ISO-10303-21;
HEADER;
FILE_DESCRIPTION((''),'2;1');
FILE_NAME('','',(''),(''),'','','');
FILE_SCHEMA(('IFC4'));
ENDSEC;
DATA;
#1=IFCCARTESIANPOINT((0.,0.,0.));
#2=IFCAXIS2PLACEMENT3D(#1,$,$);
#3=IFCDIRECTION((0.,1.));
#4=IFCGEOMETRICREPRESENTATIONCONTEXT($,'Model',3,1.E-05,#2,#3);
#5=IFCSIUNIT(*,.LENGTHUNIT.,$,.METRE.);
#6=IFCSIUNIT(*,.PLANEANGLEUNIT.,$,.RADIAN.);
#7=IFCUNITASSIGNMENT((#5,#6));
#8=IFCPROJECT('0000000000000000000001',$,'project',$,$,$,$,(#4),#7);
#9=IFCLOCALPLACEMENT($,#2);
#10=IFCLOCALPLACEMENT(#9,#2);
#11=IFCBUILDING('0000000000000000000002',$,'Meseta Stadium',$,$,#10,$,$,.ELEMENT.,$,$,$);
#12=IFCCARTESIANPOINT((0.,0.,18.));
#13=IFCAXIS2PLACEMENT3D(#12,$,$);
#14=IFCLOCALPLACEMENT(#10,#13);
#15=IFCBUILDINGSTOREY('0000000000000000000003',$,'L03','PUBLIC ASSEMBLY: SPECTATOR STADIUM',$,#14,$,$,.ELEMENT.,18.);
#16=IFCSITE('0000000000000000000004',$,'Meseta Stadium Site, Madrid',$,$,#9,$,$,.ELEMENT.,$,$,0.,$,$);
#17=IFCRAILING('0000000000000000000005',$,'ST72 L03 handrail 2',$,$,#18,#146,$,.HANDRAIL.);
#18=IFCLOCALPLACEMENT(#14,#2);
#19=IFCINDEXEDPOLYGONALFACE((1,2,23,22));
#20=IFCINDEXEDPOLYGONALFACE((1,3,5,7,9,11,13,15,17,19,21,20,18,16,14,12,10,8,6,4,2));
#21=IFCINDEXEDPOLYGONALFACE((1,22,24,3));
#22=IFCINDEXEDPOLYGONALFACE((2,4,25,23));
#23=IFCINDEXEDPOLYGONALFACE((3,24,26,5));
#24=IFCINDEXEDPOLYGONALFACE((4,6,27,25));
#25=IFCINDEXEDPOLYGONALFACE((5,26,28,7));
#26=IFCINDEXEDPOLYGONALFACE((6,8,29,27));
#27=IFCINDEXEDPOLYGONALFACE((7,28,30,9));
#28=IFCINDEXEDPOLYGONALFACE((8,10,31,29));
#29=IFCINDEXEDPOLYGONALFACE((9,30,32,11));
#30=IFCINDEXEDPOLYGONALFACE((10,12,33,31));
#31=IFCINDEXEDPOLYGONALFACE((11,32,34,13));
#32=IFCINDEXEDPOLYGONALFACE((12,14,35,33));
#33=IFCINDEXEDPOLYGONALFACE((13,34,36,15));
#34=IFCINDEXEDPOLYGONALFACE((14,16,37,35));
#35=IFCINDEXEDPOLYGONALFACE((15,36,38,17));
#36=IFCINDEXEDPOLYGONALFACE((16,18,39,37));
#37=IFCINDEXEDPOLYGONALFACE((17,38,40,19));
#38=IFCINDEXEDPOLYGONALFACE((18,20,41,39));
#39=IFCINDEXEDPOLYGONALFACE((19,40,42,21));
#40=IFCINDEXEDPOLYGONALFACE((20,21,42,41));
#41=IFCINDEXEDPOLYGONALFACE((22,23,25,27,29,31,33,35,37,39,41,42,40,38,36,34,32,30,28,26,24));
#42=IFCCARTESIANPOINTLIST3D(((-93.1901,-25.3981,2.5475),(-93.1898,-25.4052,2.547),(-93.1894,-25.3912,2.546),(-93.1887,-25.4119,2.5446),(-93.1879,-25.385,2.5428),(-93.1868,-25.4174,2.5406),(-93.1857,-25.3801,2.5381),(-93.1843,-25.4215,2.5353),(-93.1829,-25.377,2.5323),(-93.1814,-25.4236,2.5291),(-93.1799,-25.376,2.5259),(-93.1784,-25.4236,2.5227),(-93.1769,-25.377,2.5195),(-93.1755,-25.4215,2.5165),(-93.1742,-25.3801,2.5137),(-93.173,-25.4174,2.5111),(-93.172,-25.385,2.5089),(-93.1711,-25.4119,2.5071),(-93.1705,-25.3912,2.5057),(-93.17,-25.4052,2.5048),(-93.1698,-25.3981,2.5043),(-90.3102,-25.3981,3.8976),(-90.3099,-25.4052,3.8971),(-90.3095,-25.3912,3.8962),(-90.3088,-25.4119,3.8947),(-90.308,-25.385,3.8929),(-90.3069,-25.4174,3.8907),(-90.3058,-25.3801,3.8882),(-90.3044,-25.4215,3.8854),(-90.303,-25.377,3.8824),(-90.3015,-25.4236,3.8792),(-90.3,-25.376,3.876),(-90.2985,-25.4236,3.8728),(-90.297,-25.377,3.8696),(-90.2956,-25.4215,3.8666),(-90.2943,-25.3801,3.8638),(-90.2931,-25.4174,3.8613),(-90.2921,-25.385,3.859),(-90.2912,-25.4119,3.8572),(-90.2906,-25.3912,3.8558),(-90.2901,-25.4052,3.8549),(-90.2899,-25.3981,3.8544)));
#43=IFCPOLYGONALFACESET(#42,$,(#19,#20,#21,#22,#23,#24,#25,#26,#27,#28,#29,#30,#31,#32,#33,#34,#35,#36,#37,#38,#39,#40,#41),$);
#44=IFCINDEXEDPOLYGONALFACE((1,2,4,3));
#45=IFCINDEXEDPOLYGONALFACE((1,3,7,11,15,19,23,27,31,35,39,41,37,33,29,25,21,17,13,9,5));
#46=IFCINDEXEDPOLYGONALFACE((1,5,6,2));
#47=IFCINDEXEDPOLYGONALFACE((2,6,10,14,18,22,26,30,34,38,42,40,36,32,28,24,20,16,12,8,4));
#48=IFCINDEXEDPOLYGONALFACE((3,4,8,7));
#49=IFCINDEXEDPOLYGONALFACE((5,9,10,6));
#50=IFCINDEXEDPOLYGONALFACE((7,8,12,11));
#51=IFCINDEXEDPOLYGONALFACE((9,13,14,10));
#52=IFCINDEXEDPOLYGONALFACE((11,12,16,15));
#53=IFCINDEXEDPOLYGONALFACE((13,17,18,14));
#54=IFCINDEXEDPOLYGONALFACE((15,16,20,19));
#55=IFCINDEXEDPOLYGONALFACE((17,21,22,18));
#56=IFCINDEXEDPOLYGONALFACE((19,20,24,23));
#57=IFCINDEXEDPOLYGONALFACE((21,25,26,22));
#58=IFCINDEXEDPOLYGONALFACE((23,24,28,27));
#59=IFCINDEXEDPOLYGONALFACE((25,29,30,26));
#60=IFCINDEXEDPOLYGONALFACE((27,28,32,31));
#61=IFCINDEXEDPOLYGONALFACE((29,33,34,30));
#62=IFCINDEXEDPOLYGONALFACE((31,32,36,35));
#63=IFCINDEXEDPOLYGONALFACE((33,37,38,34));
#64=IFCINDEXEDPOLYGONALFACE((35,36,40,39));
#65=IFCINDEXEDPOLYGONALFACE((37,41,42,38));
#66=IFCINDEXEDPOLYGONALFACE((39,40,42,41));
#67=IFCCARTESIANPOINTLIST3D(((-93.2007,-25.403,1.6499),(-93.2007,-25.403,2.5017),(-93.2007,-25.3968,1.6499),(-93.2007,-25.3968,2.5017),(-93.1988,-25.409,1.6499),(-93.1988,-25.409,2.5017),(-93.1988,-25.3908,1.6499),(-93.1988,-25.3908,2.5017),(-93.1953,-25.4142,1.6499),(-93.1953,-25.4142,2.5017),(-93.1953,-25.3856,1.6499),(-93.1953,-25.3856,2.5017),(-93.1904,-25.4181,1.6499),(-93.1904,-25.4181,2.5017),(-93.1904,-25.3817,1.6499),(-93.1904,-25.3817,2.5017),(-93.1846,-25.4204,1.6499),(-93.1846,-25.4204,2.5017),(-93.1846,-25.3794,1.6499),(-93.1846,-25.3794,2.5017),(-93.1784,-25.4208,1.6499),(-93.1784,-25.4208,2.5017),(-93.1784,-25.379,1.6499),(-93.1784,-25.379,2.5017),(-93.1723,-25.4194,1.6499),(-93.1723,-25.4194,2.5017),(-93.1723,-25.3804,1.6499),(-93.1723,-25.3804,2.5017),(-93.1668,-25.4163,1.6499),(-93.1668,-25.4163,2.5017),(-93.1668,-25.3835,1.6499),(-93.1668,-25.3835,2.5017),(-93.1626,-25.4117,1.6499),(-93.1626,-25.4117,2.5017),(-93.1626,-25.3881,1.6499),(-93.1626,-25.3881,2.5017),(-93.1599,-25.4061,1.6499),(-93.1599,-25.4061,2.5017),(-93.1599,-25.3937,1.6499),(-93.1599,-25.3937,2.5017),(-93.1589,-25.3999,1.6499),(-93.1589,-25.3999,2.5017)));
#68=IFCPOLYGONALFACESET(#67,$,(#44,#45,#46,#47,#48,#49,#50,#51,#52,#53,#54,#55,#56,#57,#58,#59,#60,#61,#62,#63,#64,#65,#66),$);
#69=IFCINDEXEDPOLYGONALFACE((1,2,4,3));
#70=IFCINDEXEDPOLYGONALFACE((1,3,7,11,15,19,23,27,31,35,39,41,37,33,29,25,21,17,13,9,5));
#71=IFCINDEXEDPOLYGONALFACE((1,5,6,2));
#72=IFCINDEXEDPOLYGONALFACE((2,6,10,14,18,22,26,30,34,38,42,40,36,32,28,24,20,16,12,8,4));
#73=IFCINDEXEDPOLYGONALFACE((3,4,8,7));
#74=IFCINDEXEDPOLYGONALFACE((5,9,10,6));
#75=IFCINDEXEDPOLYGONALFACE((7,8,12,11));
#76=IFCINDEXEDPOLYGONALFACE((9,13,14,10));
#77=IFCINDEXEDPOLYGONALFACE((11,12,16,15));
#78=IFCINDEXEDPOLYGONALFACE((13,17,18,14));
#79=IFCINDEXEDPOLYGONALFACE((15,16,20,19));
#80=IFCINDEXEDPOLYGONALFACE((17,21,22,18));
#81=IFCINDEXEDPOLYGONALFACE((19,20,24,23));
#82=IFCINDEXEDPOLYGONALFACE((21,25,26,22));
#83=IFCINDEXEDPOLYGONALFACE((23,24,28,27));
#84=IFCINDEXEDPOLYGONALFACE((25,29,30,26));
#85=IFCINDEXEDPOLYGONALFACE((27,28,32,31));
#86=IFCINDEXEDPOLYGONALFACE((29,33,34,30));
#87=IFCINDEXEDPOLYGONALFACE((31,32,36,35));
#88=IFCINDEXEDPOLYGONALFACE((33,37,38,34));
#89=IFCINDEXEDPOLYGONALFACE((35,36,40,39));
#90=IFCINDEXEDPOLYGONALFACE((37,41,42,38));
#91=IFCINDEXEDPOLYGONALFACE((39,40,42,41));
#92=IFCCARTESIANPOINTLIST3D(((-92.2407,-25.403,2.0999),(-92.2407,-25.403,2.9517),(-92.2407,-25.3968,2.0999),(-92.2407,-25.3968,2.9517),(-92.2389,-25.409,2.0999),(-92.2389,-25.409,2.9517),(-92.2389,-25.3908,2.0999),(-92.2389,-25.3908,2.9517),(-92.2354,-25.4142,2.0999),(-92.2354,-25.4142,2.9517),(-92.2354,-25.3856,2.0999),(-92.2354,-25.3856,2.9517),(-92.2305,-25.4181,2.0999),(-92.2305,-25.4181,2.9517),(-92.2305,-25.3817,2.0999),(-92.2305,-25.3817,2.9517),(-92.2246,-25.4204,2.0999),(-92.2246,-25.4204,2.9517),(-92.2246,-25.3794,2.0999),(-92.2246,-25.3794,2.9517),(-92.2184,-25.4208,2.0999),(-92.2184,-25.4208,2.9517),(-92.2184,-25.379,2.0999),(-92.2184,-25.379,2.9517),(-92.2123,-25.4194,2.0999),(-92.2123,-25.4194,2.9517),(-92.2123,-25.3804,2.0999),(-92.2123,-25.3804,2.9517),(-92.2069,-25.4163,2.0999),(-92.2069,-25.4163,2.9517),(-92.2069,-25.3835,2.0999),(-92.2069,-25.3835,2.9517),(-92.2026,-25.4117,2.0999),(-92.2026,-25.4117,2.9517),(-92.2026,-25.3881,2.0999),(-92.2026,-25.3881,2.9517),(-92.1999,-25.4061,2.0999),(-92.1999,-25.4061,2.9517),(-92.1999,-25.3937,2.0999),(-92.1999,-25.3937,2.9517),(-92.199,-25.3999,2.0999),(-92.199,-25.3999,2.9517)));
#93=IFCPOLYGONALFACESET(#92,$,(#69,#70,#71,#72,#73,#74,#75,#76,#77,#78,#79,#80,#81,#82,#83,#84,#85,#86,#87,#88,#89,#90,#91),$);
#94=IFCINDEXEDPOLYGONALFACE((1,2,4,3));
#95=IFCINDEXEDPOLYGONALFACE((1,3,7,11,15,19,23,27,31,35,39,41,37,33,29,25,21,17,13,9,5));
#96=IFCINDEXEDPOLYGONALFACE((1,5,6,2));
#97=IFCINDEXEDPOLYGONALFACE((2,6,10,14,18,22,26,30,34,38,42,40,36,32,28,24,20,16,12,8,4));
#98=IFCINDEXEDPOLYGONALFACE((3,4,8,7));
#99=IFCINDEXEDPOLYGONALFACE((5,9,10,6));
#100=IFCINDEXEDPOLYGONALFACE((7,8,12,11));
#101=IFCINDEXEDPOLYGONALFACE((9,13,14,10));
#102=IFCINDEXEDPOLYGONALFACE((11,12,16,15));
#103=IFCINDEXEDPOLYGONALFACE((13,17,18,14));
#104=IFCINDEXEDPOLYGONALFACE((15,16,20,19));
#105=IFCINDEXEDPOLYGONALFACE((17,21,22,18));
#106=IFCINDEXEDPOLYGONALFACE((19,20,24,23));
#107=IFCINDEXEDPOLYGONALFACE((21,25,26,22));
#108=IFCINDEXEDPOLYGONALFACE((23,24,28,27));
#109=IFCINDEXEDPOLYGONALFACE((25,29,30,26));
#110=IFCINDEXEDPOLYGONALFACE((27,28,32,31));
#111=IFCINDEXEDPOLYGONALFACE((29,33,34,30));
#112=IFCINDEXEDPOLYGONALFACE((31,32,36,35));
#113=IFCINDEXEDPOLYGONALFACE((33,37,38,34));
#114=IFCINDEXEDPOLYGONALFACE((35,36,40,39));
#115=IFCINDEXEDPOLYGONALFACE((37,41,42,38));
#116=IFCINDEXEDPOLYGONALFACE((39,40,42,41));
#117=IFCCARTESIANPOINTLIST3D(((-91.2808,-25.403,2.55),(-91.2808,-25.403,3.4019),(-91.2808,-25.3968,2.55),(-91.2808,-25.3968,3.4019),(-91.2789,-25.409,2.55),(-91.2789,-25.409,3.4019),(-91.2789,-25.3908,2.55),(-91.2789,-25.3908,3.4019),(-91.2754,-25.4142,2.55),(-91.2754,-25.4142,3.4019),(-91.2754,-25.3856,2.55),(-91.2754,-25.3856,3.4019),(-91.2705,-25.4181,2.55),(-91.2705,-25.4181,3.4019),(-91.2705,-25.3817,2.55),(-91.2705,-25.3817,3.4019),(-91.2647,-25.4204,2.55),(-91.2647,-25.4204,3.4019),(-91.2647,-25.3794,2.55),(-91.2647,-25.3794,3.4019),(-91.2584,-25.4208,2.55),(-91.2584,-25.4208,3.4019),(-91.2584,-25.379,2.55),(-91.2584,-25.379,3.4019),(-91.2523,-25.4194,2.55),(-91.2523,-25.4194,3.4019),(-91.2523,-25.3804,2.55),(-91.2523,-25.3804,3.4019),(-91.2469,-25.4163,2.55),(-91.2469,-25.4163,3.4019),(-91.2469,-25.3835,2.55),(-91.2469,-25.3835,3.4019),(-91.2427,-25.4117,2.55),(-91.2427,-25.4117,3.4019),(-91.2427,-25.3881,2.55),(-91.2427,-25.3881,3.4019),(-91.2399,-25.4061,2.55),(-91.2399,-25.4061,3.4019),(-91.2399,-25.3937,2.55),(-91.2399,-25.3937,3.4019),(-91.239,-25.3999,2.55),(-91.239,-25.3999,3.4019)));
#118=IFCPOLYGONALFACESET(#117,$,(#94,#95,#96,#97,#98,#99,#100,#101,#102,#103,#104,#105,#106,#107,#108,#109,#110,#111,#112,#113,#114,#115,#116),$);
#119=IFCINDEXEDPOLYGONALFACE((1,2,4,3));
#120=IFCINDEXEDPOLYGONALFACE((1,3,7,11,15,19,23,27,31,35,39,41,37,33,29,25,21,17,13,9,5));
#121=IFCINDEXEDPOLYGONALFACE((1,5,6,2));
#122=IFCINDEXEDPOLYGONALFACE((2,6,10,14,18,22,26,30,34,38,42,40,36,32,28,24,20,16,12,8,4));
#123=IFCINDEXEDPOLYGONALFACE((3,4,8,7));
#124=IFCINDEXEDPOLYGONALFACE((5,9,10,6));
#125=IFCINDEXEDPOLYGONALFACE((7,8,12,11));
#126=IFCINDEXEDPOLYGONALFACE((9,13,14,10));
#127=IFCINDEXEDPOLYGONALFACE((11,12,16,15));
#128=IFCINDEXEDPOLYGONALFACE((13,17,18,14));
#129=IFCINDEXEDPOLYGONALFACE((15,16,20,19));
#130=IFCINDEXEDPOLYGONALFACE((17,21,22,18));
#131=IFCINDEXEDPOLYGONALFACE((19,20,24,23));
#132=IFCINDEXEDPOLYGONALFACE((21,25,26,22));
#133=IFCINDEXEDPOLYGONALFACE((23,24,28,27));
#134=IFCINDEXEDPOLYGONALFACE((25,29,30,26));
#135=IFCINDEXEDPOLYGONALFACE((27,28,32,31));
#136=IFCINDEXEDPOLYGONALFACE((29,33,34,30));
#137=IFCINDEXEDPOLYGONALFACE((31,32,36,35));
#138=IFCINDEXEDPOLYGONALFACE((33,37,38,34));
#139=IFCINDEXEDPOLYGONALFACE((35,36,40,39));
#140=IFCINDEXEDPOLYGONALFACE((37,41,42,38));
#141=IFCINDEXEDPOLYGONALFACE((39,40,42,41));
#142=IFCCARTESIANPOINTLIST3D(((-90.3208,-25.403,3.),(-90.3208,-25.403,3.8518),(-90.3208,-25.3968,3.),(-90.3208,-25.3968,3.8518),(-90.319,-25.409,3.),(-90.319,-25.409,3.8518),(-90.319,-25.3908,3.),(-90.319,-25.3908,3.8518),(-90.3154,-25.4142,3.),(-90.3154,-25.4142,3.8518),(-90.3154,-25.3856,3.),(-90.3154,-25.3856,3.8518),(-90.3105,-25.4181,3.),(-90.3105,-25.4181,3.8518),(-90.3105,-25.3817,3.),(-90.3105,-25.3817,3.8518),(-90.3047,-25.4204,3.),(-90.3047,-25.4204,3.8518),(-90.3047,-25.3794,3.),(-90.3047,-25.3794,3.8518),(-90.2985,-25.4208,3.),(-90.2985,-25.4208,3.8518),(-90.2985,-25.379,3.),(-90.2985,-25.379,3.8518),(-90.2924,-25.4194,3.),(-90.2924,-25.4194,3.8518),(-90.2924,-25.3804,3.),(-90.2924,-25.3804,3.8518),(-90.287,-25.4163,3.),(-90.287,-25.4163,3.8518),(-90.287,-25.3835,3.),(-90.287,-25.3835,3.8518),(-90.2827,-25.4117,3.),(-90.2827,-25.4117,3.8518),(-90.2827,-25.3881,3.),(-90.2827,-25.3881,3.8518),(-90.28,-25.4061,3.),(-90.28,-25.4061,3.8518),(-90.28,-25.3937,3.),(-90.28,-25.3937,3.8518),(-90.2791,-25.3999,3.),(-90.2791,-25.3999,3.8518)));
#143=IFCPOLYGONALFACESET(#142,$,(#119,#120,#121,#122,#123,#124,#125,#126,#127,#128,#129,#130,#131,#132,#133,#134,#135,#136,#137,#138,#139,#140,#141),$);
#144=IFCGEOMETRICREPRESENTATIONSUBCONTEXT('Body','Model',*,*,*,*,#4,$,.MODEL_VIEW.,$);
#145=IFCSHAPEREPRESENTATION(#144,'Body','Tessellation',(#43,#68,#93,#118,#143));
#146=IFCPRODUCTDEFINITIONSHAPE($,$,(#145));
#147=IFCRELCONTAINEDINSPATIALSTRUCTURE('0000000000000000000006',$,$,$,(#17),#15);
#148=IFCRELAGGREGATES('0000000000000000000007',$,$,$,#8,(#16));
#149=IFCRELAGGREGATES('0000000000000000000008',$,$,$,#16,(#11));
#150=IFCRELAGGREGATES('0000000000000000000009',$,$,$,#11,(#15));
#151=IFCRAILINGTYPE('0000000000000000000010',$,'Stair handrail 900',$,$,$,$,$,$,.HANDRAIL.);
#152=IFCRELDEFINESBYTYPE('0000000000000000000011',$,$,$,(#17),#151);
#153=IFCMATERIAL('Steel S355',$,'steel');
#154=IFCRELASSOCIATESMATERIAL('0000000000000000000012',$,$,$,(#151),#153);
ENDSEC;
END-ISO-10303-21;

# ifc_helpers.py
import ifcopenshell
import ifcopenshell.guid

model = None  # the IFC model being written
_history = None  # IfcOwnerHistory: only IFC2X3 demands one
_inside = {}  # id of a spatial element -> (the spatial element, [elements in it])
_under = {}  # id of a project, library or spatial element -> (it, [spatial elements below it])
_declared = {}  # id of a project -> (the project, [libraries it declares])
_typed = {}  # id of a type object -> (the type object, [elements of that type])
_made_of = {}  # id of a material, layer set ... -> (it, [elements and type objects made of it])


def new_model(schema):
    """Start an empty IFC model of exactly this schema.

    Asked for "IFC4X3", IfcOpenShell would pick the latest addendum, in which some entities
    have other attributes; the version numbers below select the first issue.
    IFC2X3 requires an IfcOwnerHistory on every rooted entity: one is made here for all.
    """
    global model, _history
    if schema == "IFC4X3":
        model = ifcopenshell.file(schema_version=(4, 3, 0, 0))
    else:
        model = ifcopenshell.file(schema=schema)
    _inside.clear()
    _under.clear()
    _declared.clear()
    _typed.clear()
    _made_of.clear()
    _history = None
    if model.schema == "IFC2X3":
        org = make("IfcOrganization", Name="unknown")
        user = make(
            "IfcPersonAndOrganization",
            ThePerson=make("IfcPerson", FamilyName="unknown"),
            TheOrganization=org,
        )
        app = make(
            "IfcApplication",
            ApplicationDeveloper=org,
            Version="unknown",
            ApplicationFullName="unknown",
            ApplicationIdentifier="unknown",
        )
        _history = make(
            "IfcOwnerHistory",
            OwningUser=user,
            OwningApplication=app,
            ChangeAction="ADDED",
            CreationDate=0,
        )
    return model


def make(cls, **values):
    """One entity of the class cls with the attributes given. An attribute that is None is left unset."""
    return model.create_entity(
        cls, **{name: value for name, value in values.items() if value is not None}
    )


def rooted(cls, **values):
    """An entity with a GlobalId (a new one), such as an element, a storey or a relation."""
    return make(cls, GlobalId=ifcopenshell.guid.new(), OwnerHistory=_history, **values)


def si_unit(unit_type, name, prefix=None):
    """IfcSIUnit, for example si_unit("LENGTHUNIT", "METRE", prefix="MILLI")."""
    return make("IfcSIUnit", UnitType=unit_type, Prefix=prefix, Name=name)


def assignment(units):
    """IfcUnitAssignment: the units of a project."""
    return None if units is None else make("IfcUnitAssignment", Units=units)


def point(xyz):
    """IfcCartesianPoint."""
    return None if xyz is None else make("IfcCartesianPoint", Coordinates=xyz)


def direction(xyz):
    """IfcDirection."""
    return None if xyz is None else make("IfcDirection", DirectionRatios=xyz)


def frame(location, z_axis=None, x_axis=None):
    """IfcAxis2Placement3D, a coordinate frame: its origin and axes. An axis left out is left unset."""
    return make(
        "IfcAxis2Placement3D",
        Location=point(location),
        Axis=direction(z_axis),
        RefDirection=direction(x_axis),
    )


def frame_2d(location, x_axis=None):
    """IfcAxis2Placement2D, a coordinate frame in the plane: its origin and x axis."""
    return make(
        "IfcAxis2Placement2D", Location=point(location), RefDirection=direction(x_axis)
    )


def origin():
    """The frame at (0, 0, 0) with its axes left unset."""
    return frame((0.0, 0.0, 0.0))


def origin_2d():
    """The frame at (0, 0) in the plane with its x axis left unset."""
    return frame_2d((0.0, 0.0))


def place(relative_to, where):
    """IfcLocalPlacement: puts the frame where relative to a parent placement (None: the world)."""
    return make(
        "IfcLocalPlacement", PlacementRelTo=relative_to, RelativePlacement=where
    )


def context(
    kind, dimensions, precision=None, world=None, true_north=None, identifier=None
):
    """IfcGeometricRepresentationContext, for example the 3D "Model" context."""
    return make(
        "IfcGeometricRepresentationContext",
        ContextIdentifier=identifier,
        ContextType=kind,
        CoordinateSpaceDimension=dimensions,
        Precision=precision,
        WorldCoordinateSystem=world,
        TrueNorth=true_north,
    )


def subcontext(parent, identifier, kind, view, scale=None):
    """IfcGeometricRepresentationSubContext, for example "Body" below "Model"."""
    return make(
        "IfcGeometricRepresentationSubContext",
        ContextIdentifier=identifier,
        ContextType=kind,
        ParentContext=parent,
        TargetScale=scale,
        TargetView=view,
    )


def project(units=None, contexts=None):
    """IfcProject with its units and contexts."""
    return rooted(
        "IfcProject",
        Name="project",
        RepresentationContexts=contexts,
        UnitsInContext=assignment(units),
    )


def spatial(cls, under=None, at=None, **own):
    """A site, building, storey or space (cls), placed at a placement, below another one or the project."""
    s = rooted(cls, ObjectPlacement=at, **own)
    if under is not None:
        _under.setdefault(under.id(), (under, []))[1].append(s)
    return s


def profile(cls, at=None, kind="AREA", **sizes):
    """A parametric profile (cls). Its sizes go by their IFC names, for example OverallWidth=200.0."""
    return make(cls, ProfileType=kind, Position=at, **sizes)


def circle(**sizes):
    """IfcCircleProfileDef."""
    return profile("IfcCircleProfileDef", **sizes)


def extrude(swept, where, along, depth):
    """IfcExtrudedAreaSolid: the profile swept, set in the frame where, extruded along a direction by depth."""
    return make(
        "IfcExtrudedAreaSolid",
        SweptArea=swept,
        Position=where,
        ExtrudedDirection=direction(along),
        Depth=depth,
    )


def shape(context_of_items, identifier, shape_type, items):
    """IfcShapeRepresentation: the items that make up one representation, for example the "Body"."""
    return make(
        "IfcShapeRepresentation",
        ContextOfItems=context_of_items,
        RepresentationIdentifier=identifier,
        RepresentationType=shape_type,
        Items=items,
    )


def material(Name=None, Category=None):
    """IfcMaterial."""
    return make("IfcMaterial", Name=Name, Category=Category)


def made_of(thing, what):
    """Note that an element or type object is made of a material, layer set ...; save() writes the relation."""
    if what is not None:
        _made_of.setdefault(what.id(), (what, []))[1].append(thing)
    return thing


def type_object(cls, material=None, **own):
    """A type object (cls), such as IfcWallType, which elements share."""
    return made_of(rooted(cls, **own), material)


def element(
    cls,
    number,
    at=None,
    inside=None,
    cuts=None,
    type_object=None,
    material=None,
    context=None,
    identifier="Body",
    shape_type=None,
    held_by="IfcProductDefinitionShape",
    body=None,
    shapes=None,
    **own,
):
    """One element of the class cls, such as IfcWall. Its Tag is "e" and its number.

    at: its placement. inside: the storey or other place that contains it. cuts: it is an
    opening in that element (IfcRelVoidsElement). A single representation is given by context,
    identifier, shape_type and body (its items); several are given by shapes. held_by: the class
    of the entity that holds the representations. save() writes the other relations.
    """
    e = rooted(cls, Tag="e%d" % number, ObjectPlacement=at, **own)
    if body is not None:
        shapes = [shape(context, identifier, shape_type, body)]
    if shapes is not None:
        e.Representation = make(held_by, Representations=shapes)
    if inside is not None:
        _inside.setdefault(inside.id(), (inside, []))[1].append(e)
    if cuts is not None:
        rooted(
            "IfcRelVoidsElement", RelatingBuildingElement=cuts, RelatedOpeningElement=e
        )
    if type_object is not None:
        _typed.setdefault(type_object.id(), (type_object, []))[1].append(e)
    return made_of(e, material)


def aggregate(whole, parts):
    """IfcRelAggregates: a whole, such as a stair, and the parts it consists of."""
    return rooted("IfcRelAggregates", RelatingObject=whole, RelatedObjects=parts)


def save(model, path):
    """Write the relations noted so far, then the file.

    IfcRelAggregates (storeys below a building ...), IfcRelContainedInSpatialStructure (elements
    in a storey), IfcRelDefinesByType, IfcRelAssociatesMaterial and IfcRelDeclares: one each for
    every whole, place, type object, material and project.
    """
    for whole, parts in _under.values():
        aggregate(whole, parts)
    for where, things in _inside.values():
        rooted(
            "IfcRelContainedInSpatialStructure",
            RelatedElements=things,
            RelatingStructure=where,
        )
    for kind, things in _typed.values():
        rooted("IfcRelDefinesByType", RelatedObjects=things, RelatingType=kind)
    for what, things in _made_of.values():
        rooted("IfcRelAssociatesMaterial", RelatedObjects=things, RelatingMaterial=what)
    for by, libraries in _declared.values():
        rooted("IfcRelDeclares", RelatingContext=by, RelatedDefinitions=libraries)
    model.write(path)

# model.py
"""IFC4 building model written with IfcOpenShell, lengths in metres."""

from ifc_helpers import new_model, si_unit, direction, frame, origin, origin_2d, place, context, subcontext, project, spatial, circle, extrude, material, type_object, element, save


model = new_model("IFC4")

# Units and contexts
model_context = context("Model", 3, precision=1e-05, world=origin(), true_north=direction((0.0, 1.0)))
body_context = subcontext(model_context, "Body", "Model", "MODEL_VIEW")
ifc_project = project(units=[si_unit("LENGTHUNIT", "METRE"), si_unit("PLANEANGLEUNIT", "RADIAN")], contexts=[model_context])

# Site, building, storey
site_placement = place(None, origin())
site = spatial("IfcSite", under=ifc_project, at=site_placement, Name="Meseta Stadium Site, Madrid", CompositionType="ELEMENT", RefElevation=0.0)
building_placement = place(site_placement, origin())
building = spatial("IfcBuilding", under=site, at=building_placement, Name="Meseta Stadium", CompositionType="ELEMENT")
storey_placement = place(building_placement, frame((0.0, 0.0, 18.0)))
storey = spatial("IfcBuildingStorey", under=building, at=storey_placement, Name="L03", Description="PUBLIC ASSEMBLY: SPECTATOR STADIUM", CompositionType="ELEMENT", Elevation=18.0)

# Railing
ifc_material_1 = material(Name="Steel S355", Category="steel")
railing_type_1 = type_object("IfcRailingType", Name="Stair handrail 900", PredefinedType="HANDRAIL", material=ifc_material_1)
for number, where, name in (
    (1, (-93.1799, -25.3999, 1.6499), "ST72 L03 handrail 2"),
):
    element("IfcRailing", number, at=place(storey_placement, frame(where)), inside=storey, type_object=railing_type_1, Name=name, PredefinedType="HANDRAIL", context=body_context, shape_type="SweptSolid", body=[
        extrude(circle(Radius=0.0239, at=origin_2d()), frame((0.0, 0.0, 0.876), z_axis=(0.90544, 0.0, 0.424473), x_axis=(0.0, 1.0, 0.0)), (0.0, 0.0, 1.0), 3.1807),
        extrude(circle(Radius=0.021, at=origin_2d()), origin(), (0.0, 0.0, 1.0), 0.8518),
        extrude(circle(Radius=0.021, at=origin_2d()), frame((0.96, 0.0, 0.45)), (0.0, 0.0, 1.0), 0.8518),
        extrude(circle(Radius=0.021, at=origin_2d()), frame((1.9199, 0.0, 0.9001)), (0.0, 0.0, 1.0), 0.8518),
        extrude(circle(Radius=0.021, at=origin_2d()), frame((2.8799, 0.0, 1.3501)), (0.0, 0.0, 1.0), 0.8518),
    ])

save(model, "model.ifc")
